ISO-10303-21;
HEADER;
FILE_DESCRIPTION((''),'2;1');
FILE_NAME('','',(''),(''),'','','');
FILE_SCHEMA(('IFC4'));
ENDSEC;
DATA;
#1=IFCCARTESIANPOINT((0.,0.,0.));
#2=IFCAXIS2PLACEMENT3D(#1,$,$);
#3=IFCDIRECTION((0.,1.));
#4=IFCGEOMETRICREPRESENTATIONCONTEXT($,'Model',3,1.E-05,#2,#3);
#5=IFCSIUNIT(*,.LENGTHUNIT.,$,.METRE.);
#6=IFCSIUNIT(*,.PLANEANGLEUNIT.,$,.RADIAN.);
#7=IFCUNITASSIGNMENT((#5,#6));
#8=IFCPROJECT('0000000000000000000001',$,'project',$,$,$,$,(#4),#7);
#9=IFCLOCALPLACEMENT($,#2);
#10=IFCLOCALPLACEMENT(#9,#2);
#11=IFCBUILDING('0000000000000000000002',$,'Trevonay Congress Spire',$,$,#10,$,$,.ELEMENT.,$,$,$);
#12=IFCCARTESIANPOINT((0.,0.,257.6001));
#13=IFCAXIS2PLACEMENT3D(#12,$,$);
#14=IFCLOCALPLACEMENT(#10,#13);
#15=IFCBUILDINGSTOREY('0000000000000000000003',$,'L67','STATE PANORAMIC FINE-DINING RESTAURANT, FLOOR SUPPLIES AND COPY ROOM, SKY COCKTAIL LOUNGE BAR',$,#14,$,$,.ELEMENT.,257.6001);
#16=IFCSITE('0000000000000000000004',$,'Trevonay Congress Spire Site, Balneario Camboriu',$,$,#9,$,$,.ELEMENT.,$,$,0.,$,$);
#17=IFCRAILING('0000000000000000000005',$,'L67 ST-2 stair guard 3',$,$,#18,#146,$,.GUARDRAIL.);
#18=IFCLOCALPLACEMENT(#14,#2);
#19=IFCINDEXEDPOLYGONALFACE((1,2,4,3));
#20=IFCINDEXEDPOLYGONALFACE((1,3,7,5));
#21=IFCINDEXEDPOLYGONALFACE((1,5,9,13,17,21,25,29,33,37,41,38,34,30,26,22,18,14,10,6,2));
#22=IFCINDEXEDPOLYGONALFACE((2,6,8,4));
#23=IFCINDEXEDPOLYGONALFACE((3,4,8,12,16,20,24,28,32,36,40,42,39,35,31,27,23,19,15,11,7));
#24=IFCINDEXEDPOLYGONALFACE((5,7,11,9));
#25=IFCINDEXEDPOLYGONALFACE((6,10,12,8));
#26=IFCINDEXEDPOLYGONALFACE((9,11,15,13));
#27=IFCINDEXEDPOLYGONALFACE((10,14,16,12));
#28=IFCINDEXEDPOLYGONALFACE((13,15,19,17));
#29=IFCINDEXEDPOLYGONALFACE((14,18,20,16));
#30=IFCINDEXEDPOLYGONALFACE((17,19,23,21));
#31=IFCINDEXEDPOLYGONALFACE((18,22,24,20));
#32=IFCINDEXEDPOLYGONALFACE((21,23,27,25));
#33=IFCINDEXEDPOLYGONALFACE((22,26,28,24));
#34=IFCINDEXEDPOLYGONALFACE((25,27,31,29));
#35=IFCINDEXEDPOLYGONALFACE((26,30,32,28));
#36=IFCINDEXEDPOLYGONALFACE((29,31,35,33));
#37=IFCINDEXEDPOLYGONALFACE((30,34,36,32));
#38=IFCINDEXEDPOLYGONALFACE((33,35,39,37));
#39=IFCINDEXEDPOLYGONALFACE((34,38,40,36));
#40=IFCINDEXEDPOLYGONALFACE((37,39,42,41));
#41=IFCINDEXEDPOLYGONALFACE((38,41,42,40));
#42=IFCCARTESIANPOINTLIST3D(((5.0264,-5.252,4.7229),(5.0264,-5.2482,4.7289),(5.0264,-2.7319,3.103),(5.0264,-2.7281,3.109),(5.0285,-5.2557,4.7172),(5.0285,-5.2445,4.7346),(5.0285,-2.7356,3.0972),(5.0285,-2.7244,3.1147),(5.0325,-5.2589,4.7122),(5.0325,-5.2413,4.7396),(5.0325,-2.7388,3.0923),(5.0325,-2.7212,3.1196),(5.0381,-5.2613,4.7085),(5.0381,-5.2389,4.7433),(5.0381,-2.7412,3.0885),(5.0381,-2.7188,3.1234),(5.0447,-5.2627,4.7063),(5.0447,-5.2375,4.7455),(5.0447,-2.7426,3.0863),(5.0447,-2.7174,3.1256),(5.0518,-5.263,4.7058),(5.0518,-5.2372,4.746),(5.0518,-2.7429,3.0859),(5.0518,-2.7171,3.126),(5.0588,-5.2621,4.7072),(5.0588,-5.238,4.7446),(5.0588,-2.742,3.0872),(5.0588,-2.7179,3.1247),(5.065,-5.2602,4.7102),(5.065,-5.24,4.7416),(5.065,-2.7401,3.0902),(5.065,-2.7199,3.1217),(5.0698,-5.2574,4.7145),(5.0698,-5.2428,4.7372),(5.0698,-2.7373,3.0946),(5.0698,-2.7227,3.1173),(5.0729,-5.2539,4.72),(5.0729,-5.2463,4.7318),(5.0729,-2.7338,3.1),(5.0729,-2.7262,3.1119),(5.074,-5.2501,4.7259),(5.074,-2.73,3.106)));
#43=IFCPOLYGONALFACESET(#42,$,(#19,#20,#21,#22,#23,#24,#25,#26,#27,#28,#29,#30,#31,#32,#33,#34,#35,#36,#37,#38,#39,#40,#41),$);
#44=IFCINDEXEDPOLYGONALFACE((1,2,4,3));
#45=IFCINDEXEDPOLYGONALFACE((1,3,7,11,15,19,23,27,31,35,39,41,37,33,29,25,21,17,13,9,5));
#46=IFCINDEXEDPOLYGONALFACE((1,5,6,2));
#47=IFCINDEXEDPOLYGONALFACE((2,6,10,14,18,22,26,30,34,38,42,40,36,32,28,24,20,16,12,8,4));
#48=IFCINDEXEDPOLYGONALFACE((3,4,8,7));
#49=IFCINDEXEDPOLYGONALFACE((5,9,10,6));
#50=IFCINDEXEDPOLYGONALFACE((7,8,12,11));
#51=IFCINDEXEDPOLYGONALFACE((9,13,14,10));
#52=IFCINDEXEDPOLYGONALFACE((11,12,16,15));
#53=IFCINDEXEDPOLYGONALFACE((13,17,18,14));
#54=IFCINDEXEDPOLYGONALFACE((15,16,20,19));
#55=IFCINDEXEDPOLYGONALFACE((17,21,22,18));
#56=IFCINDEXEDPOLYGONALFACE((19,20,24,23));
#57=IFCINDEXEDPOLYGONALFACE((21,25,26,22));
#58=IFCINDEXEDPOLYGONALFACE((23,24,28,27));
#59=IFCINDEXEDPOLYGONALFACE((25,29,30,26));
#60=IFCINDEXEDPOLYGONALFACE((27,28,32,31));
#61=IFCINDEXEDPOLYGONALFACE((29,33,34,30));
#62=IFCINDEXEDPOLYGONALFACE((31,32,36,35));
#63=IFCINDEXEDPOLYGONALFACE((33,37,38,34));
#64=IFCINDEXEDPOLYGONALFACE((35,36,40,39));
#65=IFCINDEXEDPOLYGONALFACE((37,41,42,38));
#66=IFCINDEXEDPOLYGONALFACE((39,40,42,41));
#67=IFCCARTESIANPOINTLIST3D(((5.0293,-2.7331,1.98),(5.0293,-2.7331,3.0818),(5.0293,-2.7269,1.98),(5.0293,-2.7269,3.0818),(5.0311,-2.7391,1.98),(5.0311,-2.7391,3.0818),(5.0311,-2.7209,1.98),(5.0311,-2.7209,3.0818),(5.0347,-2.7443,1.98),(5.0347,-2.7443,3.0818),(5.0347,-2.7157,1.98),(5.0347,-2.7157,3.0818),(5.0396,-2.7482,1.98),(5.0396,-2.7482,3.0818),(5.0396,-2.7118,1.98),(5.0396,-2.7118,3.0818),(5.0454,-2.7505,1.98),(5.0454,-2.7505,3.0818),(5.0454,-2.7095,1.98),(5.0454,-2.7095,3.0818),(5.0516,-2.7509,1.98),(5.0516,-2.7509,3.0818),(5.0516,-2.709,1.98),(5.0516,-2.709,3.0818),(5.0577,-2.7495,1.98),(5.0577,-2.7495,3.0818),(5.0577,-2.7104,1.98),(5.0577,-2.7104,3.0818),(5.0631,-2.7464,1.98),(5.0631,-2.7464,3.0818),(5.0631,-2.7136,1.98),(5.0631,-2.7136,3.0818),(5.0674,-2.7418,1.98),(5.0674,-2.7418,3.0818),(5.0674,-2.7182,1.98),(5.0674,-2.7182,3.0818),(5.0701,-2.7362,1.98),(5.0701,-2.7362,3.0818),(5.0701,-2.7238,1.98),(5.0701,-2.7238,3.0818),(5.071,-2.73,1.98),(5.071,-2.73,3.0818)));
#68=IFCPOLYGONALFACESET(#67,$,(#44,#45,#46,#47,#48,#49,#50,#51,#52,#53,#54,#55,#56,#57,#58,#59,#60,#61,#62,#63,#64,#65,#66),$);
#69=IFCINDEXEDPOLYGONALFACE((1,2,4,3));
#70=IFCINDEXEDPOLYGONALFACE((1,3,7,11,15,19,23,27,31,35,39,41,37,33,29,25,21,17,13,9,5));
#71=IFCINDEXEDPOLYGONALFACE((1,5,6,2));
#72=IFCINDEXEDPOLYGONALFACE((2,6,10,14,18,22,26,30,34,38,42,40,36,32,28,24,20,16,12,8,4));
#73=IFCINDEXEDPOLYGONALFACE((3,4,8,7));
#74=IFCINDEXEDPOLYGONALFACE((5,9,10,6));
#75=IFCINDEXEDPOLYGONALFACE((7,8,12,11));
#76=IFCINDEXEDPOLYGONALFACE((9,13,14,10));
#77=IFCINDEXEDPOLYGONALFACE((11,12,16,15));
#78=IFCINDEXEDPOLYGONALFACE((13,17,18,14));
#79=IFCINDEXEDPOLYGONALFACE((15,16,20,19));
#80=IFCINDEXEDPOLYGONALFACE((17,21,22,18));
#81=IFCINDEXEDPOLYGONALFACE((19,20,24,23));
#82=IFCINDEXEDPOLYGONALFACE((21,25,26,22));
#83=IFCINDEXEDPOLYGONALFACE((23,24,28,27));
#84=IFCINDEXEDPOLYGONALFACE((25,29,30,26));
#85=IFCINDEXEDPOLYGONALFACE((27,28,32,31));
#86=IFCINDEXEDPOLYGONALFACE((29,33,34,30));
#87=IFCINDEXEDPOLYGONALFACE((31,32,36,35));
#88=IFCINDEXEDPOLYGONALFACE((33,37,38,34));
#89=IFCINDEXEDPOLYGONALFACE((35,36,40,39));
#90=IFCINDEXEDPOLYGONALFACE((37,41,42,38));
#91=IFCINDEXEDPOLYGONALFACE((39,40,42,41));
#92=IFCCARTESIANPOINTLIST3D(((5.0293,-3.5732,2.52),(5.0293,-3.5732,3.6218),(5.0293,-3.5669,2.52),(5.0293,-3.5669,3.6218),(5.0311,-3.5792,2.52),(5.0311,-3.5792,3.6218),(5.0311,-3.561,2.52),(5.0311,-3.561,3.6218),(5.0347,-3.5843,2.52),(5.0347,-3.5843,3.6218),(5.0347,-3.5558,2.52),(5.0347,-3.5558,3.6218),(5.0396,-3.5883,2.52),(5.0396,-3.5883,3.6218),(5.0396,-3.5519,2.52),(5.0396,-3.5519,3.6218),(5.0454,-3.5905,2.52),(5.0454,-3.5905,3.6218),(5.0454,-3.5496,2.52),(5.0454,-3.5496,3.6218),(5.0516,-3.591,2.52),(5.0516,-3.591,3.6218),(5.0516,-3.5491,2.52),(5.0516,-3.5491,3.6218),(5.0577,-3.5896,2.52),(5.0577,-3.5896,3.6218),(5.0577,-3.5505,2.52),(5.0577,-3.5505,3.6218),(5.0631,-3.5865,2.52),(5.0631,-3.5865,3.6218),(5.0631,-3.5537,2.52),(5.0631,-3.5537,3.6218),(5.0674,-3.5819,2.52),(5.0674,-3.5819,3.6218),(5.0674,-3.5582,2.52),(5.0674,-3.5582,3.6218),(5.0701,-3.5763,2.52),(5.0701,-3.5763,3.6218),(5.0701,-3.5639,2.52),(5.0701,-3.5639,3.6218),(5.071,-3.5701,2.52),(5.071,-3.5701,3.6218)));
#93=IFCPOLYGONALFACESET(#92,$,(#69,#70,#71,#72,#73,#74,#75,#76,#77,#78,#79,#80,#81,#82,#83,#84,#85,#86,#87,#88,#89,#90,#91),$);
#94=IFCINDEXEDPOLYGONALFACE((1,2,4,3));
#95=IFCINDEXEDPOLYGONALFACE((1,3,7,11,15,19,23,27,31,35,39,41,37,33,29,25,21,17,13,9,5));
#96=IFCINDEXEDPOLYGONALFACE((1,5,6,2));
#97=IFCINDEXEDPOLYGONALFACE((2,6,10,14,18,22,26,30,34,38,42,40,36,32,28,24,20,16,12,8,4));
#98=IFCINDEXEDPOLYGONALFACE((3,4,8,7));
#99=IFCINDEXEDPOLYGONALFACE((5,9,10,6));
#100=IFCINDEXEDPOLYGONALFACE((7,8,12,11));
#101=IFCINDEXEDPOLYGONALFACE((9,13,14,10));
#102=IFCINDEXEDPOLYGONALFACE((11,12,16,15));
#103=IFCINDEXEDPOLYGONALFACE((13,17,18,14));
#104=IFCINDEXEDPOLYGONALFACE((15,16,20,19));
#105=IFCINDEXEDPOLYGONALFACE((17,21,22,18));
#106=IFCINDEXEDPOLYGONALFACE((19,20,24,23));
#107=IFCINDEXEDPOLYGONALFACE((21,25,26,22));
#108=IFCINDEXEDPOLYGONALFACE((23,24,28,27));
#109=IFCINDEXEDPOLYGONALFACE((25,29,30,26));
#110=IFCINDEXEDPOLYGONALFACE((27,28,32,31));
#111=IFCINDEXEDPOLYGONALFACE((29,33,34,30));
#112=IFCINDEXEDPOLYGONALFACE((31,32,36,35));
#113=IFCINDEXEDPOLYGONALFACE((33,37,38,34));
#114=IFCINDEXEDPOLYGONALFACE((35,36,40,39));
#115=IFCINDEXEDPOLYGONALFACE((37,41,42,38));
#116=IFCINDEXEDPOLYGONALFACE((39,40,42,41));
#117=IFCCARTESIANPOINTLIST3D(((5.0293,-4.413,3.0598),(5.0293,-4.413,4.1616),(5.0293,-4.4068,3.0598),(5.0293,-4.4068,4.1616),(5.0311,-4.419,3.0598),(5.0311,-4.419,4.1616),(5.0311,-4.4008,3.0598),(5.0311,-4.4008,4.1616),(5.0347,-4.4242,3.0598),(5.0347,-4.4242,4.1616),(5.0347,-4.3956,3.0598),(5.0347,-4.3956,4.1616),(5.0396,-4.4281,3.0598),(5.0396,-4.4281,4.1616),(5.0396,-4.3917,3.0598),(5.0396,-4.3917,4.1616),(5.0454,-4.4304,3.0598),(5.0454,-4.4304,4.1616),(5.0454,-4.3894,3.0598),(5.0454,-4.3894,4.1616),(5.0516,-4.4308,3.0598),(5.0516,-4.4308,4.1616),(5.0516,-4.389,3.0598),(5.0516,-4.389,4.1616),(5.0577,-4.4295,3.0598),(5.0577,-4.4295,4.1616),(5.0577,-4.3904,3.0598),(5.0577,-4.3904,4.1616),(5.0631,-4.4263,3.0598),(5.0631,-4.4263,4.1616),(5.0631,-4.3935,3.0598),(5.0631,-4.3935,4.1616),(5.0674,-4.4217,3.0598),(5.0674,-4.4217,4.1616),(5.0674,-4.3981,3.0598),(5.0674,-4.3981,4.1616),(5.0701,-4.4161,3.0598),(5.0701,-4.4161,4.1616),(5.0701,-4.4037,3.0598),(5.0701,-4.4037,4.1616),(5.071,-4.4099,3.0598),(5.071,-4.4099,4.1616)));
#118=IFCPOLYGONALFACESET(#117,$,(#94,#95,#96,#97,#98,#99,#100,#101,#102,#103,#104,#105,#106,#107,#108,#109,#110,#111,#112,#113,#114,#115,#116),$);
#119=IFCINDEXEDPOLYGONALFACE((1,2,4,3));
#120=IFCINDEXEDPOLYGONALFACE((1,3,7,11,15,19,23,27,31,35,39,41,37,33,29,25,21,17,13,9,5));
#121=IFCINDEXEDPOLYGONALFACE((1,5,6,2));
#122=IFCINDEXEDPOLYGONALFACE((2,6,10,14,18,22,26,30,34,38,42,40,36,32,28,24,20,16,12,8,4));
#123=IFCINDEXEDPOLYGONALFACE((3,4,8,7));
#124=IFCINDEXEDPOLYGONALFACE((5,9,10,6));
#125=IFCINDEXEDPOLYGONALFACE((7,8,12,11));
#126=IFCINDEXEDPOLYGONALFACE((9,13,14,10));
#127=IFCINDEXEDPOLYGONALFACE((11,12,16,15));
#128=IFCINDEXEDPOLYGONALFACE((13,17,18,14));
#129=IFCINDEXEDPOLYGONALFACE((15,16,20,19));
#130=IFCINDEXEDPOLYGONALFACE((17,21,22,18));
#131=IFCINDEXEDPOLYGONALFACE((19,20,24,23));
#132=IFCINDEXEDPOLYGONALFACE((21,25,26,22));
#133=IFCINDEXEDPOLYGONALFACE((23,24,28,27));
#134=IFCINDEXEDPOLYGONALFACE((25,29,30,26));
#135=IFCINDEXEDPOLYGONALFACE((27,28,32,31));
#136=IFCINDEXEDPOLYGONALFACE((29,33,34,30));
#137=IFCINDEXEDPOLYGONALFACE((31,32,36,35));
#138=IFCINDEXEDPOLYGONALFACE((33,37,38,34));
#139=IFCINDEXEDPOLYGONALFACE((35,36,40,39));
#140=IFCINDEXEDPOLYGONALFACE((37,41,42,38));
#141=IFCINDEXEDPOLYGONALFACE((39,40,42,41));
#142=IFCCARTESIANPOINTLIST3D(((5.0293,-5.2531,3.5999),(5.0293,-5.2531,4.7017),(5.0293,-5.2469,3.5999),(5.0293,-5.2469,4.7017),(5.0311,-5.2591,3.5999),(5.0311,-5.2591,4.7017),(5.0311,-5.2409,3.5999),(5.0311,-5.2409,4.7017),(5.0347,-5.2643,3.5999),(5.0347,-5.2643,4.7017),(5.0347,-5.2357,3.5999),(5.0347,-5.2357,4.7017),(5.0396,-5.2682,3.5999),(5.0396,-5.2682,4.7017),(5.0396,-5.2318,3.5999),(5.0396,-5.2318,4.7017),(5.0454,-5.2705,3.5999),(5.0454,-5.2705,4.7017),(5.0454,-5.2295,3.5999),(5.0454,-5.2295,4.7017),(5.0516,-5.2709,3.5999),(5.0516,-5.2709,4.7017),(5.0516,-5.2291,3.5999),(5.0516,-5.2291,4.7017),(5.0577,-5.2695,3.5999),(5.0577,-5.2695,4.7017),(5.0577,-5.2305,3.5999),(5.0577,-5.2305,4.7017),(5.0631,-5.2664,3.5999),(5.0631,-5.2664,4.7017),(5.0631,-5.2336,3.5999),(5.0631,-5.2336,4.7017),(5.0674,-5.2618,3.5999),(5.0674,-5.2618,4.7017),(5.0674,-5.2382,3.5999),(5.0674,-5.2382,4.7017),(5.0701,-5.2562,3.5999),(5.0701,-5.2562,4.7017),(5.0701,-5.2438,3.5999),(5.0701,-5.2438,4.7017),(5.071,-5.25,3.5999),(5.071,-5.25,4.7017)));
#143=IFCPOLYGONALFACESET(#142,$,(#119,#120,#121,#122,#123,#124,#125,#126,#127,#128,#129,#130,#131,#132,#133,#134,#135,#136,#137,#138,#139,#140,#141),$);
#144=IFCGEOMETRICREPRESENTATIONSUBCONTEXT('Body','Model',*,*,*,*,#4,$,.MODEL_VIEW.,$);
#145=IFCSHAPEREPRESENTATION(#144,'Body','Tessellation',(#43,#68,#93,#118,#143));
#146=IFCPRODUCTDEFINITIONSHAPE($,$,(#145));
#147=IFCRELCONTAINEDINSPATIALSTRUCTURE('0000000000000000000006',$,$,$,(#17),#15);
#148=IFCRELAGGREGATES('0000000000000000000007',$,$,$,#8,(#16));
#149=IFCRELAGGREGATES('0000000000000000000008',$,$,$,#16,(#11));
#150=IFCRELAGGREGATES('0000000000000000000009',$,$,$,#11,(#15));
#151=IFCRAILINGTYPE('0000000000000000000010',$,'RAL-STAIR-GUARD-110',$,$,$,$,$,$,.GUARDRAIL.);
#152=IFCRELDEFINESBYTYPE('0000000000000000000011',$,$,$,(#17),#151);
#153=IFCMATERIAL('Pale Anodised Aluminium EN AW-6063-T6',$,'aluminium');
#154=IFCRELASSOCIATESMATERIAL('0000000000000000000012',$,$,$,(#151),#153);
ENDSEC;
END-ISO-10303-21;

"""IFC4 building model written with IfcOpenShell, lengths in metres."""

from ifc_helpers import new_model, si_unit, direction, frame, origin, origin_2d, place, context, subcontext, project, spatial, circle, extrude, material, type_object, element, save


model = new_model("IFC4")

# Units and contexts
model_context = context("Model", 3, precision=1e-05, world=origin(), true_north=direction((0.0, 1.0)))
body_context = subcontext(model_context, "Body", "Model", "MODEL_VIEW")
ifc_project = project(units=[si_unit("LENGTHUNIT", "METRE"), si_unit("PLANEANGLEUNIT", "RADIAN")], contexts=[model_context])

# Site, building, storey
site_placement = place(None, origin())
site = spatial("IfcSite", under=ifc_project, at=site_placement, Name="Trevonay Congress Spire Site, Balneario Camboriu", CompositionType="ELEMENT", RefElevation=0.0)
building_placement = place(site_placement, origin())
building = spatial("IfcBuilding", under=site, at=building_placement, Name="Trevonay Congress Spire", CompositionType="ELEMENT")
storey_placement = place(building_placement, frame((0.0, 0.0, 257.6001)))
storey = spatial("IfcBuildingStorey", under=building, at=storey_placement, Name="L67", Description="STATE PANORAMIC FINE-DINING RESTAURANT, FLOOR SUPPLIES AND COPY ROOM, SKY COCKTAIL LOUNGE BAR", CompositionType="ELEMENT", Elevation=257.6001)

# Shared definitions
ifc_material_1 = material(Name="Pale Anodised Aluminium EN AW-6063-T6", Category="aluminium")

# Railing
railing_type_1 = type_object("IfcRailingType", Name="RAL-STAIR-GUARD-110", PredefinedType="GUARDRAIL", material=ifc_material_1)
railing_1_placement = place(storey_placement, frame((5.05, -2.73, 1.98)))
element("IfcRailing", 1, at=railing_1_placement, inside=storey, type_object=railing_type_1, Name="L67 ST-2 stair guard 3", PredefinedType="GUARDRAIL", context=body_context, shape_type="SweptSolid", body=[
    extrude(circle(Radius=0.0239, at=origin_2d()), frame((0.0, 0.0, 1.126), z_axis=(0.0, -0.8412, 0.540725), x_axis=(1.0, 0.0, 0.0)), (0.0, 0.0, 1.0), 2.9958),
    extrude(circle(Radius=0.021, at=origin_2d()), origin(), (0.0, 0.0, 1.0), 1.1018),
    extrude(circle(Radius=0.021, at=origin_2d()), frame((0.0, -0.8401, 0.54)), (0.0, 0.0, 1.0), 1.1018),
    extrude(circle(Radius=0.021, at=origin_2d()), frame((0.0, -1.6799, 1.0798)), (0.0, 0.0, 1.0), 1.1018),
    extrude(circle(Radius=0.021, at=origin_2d()), frame((0.0, -2.52, 1.6199)), (0.0, 0.0, 1.0), 1.1018),
])

save(model, "model.ifc")
